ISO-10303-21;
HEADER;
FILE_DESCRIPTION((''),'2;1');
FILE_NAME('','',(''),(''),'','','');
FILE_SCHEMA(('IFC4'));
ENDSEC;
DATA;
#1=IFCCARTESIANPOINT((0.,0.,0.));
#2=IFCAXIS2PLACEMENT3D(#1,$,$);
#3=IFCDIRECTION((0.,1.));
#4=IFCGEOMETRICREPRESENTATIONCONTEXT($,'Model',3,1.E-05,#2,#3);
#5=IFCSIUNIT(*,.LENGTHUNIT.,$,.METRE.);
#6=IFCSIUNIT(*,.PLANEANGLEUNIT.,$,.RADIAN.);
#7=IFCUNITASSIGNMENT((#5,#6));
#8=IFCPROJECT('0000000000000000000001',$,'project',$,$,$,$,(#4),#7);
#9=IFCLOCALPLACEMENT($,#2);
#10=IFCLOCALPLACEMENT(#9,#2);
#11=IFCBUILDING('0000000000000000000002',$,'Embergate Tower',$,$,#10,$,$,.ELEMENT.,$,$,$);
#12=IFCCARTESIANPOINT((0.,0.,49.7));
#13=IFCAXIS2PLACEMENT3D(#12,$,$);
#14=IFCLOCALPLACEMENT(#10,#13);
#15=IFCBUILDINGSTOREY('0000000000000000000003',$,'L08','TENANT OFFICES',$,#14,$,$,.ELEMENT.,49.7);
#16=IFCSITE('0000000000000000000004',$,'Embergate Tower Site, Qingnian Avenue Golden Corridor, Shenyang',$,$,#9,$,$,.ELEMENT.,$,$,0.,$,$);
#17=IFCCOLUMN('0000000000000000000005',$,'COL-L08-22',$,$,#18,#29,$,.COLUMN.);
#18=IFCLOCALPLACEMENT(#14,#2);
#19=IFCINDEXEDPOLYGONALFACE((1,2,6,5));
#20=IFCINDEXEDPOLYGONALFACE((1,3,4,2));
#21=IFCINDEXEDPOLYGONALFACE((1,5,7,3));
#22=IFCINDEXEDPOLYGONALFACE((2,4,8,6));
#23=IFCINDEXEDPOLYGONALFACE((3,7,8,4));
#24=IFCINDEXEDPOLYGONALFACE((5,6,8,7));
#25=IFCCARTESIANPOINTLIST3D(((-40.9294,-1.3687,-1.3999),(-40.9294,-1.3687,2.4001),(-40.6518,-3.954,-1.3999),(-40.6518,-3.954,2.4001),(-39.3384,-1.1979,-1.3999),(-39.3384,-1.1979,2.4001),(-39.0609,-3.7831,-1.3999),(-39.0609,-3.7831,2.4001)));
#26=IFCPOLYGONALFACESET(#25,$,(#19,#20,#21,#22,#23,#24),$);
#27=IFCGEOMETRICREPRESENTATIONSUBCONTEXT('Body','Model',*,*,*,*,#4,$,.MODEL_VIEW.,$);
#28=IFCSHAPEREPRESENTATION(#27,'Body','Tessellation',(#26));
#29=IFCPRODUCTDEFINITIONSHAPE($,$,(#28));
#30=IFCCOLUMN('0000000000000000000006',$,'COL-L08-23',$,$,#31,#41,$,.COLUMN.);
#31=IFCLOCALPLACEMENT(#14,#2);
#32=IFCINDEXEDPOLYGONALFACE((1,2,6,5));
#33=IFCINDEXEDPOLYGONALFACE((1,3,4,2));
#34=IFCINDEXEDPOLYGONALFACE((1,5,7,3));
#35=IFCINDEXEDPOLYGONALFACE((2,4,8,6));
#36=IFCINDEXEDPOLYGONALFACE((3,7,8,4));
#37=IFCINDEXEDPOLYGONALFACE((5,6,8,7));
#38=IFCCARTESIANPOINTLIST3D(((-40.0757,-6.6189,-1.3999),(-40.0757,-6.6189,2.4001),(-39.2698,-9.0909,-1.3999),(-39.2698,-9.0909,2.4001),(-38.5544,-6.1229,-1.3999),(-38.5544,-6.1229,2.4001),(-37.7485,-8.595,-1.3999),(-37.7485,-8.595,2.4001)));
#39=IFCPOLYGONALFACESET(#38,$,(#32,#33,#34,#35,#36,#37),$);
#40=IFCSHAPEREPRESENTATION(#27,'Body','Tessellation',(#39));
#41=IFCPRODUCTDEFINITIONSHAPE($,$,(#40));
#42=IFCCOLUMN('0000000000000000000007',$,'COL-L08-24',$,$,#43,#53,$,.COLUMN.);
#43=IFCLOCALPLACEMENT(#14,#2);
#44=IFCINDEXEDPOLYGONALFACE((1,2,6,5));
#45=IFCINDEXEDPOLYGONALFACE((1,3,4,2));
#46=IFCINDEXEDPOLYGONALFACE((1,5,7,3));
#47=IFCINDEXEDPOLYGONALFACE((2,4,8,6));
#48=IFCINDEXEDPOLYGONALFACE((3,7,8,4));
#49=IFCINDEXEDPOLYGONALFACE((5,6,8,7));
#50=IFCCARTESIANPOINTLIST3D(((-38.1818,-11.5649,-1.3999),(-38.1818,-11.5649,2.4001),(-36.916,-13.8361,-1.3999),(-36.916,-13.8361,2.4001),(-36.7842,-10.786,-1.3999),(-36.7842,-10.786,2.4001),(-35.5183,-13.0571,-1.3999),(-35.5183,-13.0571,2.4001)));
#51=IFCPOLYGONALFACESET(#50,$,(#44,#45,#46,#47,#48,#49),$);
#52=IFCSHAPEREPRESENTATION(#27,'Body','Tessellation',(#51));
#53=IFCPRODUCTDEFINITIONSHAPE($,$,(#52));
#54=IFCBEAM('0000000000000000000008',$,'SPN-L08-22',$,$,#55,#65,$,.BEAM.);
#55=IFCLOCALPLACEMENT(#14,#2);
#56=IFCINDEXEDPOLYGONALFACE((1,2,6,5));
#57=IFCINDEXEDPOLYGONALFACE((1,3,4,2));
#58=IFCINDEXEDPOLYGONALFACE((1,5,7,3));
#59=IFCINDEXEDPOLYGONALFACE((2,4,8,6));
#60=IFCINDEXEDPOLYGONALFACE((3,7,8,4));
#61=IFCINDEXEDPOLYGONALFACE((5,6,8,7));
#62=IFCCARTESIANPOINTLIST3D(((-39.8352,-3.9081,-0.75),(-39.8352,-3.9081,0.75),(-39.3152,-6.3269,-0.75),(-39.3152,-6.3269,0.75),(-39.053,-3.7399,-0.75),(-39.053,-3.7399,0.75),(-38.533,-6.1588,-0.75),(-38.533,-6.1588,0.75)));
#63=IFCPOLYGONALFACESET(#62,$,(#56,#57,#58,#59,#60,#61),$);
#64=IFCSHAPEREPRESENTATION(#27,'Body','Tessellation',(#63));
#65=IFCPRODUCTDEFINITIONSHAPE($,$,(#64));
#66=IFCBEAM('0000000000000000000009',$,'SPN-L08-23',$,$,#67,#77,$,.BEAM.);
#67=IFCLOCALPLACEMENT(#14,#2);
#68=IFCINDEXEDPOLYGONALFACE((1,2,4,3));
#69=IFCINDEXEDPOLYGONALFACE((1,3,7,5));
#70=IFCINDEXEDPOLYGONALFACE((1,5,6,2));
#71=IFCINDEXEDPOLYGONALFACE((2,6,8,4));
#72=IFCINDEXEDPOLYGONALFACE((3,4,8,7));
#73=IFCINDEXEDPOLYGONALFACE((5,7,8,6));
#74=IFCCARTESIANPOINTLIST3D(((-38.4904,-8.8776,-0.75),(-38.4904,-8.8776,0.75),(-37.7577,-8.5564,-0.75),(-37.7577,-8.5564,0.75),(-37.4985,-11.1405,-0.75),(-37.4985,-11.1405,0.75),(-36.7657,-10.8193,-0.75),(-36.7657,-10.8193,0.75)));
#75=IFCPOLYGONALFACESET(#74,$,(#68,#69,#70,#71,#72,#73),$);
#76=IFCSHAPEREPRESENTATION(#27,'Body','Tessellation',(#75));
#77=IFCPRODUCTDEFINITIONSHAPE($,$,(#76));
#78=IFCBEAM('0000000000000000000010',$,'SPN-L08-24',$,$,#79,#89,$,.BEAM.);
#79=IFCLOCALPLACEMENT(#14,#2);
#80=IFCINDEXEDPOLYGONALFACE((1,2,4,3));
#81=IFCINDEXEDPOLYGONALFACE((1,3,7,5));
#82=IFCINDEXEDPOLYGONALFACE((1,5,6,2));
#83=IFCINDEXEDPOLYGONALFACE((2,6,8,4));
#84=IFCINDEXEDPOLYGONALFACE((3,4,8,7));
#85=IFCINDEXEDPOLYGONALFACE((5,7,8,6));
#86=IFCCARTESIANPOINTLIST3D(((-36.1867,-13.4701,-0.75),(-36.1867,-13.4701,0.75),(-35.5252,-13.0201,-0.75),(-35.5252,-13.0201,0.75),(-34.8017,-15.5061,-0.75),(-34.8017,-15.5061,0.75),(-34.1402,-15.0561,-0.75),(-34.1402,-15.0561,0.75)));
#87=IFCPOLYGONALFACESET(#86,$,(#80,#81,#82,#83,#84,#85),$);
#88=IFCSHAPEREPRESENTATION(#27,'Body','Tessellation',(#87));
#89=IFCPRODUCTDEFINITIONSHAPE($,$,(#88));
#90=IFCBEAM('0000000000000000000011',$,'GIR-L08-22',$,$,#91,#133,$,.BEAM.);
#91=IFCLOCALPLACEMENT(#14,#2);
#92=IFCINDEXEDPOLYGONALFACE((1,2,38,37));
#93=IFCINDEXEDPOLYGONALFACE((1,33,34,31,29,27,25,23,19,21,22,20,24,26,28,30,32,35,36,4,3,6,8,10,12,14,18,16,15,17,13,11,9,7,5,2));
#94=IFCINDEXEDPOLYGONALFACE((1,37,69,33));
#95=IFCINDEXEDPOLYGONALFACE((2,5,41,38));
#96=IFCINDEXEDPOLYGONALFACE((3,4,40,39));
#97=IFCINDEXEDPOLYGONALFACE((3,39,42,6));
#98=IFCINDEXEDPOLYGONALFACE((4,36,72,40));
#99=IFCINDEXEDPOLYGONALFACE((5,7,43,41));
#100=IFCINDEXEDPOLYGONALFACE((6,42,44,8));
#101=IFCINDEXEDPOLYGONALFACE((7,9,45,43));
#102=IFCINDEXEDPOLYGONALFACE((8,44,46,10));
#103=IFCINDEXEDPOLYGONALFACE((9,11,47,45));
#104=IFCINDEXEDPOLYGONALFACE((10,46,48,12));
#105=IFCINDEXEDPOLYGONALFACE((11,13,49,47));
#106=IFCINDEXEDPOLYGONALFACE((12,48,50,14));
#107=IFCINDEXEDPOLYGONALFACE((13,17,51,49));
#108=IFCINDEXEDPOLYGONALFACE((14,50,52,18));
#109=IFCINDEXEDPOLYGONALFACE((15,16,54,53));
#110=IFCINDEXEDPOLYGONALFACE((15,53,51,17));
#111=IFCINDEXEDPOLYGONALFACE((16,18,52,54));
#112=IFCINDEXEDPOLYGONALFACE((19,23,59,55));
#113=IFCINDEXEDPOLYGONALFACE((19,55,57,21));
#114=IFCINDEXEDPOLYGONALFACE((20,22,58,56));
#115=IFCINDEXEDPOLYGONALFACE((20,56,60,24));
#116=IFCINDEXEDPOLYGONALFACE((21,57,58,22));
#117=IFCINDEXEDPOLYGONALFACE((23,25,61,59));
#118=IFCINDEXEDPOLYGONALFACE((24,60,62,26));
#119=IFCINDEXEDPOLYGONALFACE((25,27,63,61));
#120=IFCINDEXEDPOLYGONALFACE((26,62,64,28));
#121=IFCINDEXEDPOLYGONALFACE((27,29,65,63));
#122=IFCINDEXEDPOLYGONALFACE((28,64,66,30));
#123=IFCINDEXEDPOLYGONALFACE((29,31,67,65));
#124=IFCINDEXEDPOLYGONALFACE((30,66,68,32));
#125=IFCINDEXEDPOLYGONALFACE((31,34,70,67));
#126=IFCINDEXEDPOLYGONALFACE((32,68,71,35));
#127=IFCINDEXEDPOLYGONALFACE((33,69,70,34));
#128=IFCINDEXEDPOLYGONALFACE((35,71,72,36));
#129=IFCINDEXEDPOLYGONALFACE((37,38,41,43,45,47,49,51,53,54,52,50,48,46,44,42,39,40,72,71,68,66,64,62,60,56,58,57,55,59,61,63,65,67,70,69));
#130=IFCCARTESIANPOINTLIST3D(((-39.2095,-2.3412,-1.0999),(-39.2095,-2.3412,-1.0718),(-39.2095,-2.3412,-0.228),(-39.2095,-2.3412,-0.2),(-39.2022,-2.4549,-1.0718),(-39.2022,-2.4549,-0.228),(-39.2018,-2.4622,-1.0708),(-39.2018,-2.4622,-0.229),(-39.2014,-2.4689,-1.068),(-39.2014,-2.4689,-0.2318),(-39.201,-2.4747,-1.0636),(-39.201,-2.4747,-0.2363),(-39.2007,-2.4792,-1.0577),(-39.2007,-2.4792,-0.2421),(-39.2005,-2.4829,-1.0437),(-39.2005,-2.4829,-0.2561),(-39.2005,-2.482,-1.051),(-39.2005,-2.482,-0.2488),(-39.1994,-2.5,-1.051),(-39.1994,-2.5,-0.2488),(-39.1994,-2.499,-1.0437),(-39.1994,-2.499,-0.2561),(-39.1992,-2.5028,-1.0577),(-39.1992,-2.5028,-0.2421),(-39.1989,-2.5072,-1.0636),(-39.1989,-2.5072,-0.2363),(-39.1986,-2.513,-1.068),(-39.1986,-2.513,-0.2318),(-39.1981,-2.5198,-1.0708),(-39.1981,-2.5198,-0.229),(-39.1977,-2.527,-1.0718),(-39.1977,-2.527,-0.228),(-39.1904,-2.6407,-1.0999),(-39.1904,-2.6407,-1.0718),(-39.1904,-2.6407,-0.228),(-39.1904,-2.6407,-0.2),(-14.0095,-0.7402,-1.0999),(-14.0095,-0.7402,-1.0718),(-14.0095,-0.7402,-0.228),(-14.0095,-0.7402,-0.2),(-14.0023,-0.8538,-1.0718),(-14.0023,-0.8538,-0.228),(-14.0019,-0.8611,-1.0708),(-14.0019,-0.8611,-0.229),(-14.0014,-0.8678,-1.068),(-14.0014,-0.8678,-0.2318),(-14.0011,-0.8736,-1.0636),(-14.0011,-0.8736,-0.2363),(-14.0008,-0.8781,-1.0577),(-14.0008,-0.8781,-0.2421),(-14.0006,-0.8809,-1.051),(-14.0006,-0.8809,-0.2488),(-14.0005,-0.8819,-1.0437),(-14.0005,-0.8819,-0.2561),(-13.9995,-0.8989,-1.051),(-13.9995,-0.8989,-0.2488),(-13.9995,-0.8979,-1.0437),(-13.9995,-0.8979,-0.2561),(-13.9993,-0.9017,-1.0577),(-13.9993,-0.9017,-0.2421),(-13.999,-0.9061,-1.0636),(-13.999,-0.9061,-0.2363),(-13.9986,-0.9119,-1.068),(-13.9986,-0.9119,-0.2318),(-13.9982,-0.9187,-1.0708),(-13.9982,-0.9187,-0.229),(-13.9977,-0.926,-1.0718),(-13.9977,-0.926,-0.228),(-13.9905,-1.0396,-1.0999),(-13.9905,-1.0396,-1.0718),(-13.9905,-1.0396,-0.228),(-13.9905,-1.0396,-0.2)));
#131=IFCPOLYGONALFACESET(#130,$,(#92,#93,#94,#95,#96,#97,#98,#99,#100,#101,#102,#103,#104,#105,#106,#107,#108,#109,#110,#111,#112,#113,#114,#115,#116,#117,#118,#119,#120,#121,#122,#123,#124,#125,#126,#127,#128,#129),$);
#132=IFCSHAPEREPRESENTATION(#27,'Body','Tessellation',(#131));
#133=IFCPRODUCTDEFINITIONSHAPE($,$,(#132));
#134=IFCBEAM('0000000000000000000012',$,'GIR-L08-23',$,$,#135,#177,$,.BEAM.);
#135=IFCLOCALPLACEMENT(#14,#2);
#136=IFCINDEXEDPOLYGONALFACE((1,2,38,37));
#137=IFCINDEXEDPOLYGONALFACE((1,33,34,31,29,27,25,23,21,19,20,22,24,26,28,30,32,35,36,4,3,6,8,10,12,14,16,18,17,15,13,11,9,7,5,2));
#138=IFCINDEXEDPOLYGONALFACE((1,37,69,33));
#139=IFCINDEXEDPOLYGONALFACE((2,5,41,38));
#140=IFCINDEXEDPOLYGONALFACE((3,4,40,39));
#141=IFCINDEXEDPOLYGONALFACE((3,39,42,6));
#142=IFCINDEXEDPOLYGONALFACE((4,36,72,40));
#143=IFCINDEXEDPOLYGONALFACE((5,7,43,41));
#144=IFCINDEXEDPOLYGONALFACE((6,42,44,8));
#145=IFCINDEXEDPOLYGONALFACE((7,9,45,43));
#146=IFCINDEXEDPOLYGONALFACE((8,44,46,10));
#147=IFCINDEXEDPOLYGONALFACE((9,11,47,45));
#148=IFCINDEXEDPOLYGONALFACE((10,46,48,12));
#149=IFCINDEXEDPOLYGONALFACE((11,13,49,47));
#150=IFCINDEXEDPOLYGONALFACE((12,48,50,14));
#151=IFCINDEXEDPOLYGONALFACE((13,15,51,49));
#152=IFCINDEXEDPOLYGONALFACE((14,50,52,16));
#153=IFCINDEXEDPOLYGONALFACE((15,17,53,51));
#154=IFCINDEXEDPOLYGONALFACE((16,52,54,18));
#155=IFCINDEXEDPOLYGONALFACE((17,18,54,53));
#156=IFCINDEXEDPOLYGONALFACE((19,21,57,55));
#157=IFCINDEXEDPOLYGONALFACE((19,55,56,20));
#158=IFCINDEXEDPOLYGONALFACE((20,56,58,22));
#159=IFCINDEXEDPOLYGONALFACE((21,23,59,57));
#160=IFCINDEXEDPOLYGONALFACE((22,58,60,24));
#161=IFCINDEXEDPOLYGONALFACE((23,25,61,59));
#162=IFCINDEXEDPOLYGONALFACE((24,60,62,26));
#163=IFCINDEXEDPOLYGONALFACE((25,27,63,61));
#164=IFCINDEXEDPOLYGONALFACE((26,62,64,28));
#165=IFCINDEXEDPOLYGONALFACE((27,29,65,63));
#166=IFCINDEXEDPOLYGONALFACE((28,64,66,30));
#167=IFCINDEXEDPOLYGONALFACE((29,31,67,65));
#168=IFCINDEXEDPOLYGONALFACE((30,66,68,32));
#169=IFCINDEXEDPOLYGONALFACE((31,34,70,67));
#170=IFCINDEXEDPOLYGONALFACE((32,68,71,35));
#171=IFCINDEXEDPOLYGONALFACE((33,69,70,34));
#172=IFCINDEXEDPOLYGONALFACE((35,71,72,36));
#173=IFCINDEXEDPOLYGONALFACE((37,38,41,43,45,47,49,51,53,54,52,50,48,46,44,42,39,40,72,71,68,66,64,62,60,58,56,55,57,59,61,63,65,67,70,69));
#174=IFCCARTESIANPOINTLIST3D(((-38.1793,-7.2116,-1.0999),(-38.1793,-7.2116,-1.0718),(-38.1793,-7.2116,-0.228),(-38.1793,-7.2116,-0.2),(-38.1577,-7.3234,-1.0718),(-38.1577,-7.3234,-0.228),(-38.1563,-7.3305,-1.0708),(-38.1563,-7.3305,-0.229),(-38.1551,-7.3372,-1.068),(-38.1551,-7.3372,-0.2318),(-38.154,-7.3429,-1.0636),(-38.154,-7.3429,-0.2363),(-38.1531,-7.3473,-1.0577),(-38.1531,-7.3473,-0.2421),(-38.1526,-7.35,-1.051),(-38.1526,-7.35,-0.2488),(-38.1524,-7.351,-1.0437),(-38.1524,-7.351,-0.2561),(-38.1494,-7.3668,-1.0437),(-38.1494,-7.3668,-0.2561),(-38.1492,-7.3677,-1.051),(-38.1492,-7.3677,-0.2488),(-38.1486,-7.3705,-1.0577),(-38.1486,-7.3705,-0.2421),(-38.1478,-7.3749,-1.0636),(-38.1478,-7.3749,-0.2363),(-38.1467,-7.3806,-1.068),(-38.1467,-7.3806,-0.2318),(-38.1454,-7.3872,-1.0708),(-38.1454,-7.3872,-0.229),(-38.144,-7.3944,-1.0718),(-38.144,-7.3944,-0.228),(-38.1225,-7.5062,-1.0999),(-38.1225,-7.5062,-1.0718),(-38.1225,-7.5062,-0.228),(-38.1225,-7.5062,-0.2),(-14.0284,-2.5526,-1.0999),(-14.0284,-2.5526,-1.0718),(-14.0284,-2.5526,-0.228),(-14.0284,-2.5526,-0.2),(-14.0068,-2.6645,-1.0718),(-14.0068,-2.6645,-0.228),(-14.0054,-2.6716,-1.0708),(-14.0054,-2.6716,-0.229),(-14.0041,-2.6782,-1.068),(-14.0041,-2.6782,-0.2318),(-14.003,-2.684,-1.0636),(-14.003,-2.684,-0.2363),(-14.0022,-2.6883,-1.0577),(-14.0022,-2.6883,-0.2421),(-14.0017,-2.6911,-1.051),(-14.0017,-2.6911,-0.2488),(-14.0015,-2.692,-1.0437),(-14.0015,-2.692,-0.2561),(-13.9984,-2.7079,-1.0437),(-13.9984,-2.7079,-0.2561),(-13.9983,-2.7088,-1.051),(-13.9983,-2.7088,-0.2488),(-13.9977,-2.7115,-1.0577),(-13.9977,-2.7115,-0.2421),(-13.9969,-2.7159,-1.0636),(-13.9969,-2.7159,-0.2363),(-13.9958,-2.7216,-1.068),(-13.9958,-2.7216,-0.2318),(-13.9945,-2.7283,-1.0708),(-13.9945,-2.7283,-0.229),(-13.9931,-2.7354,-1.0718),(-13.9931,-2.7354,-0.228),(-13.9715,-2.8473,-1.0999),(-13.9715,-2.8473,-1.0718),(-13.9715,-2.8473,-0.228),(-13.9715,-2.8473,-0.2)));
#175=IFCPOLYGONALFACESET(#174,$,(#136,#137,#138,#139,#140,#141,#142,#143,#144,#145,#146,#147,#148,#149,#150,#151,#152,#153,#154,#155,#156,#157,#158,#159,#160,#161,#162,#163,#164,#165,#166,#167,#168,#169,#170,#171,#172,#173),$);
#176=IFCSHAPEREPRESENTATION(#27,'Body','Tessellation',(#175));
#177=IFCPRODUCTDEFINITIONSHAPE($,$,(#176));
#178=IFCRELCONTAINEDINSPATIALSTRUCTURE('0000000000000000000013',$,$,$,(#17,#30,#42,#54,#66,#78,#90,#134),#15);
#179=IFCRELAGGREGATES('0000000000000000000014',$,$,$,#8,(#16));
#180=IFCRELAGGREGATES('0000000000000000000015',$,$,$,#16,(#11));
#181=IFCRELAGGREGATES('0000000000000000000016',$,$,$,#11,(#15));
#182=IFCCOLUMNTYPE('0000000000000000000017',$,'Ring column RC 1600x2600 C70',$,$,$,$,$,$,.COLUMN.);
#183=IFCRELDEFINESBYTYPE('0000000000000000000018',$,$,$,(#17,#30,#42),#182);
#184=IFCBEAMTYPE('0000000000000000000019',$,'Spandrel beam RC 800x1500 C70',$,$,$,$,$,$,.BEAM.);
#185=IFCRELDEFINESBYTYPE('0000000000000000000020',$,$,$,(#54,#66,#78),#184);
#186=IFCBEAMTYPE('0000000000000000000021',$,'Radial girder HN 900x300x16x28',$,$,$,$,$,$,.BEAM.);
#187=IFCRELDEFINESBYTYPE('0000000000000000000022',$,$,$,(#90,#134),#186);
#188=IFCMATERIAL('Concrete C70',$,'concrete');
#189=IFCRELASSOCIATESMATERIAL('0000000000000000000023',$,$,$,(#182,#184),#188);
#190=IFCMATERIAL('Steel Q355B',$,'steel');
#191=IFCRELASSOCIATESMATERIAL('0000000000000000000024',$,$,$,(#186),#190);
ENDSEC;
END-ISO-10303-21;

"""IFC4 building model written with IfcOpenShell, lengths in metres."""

from ifc_helpers import new_model, si_unit, direction, frame, origin, origin_2d, place, context, subcontext, project, spatial, rectangle, i_section, extrude, source, transform, mapped, material, material_profile, profile_set, type_object, element, save


model = new_model("IFC4")

# Units and contexts
model_context = context("Model", 3, precision=1e-05, world=origin(), true_north=direction((0.0, 1.0)))
body_context = subcontext(model_context, "Body", "Model", "MODEL_VIEW")
ifc_project = project(units=[si_unit("LENGTHUNIT", "METRE"), si_unit("PLANEANGLEUNIT", "RADIAN")], contexts=[model_context])

# Site, building, storey
site_placement = place(None, origin())
site = spatial("IfcSite", under=ifc_project, at=site_placement, Name="Embergate Tower Site, Qingnian Avenue Golden Corridor, Shenyang", CompositionType="ELEMENT", RefElevation=0.0)
building_placement = place(site_placement, origin())
building = spatial("IfcBuilding", under=site, at=building_placement, Name="Embergate Tower", CompositionType="ELEMENT")
storey_placement = place(building_placement, frame((0.0, 0.0, 49.7)))
storey = spatial("IfcBuildingStorey", under=building, at=storey_placement, Name="L08", Description="TENANT OFFICES", CompositionType="ELEMENT", Elevation=49.7)

# Columns
ifc_material_1 = material(Name="Concrete C70", Category="concrete")
ifc_material_profile_1 = material_profile(ifc_material_1, rectangle(XDim=1.6001, YDim=2.6001, at=origin_2d()), Name="RC 1600x2600")
ifc_profile_set_1 = profile_set([ifc_material_profile_1], Name="Concrete C70")
column_type = type_object("IfcColumnType", Name="Ring column RC 1600x2600 C70", PredefinedType="COLUMN", material=ifc_profile_set_1)
shared_shape_1 = source(origin(), body_context, "Body", "SweptSolid", [
    extrude(rectangle(XDim=1.6001, YDim=2.6001, at=origin_2d()), origin(), (0.0, 0.0, 1.0), 3.8),
])
for number, where, z_axis, x_axis, name in (
    (1, (-39.9951, -2.5759, -1.3999), (0.0, 0.0, 1.0), (-0.994286, -0.10675, 0.0), "COL-L08-22"),
    (2, (-38.9121, -7.6069, -1.3999), (0.0, 0.0, 1.0), (-0.950754, -0.309946, 0.0), "COL-L08-23"),
    (3, (-36.8501, -12.311, -1.3999), (0.0, 0.0, 1.0), (-0.873492, -0.486839, 0.0), "COL-L08-24"),
):
    element("IfcColumn", number, at=place(storey_placement, frame(where, z_axis=z_axis, x_axis=x_axis)), inside=storey, type_object=column_type, Name=name, PredefinedType="COLUMN", context=body_context, shape_type="MappedRepresentation", body=[
        mapped(shared_shape_1, transform((0.0, 0.0, 0.0))),
    ])

# Beams
ifc_material_profile_2 = material_profile(ifc_material_1, rectangle(XDim=0.8, YDim=1.5, at=origin_2d()), Name="RC 800x1500")
ifc_profile_set_2 = profile_set([ifc_material_profile_2], Name="Concrete C70")
beam_type_1 = type_object("IfcBeamType", Name="Spandrel beam RC 800x1500 C70", PredefinedType="BEAM", material=ifc_profile_set_2)
shared_shape_2 = source(origin(), body_context, "Body", "SweptSolid", [
    extrude(rectangle(XDim=0.8, YDim=1.5, at=origin_2d()), origin(), (0.0, 0.0, 1.0), 2.4741),
])
beam_1_placement = place(storey_placement, frame((-39.4441, -3.824, 0.0), z_axis=(0.210176, -0.977664, 0.0), x_axis=(0.977664, 0.210176, 0.0)))
element("IfcBeam", 4, at=beam_1_placement, inside=storey, type_object=beam_type_1, Name="SPN-L08-22", PredefinedType="BEAM", context=body_context, shape_type="MappedRepresentation", body=[
    mapped(shared_shape_2, transform((0.0, 0.0, 0.0))),
])
shared_shape_3 = source(origin(), body_context, "Body", "SweptSolid", [
    extrude(rectangle(XDim=0.8, YDim=1.5, at=origin_2d()), origin(), (0.0, 0.0, 1.0), 2.4707),
])
beam_2_placement = place(storey_placement, frame((-38.124, -8.717, 0.0), z_axis=(0.401467, -0.915874, 0.0), x_axis=(0.915874, 0.401467, 0.0)))
element("IfcBeam", 5, at=beam_2_placement, inside=storey, type_object=beam_type_1, Name="SPN-L08-23", PredefinedType="BEAM", context=body_context, shape_type="MappedRepresentation", body=[
    mapped(shared_shape_3, transform((0.0, 0.0, 0.0))),
])
shared_shape_4 = source(origin(), body_context, "Body", "SweptSolid", [
    extrude(rectangle(XDim=0.8, YDim=1.5, at=origin_2d()), origin(), (0.0, 0.0, 1.0), 2.4624),
])
beam_3_placement = place(storey_placement, frame((-35.856, -13.2451, 0.0), z_axis=(0.562478, -0.826812, 0.0), x_axis=(0.826812, 0.562478, 0.0)))
element("IfcBeam", 6, at=beam_3_placement, inside=storey, type_object=beam_type_1, Name="SPN-L08-24", PredefinedType="BEAM", context=body_context, shape_type="MappedRepresentation", body=[
    mapped(shared_shape_4, transform((0.0, 0.0, 0.0))),
])
ifc_material_2 = material(Name="Steel Q355B", Category="steel")
ifc_material_profile_3 = material_profile(ifc_material_2, i_section(OverallWidth=0.3, OverallDepth=0.8999, WebThickness=0.0161, FlangeThickness=0.0281, FilletRadius=0.0281, at=origin_2d()), Name="HN 900x300x16x28")
ifc_profile_set_3 = profile_set([ifc_material_profile_3], Name="Steel Q355 grade B")
beam_type_2 = type_object("IfcBeamType", Name="Radial girder HN 900x300x16x28", PredefinedType="BEAM", material=ifc_profile_set_3)
shared_shape_5 = source(origin(), body_context, "Body", "SweptSolid", [
    extrude(i_section(OverallWidth=0.3, OverallDepth=0.8999, WebThickness=0.0161, FlangeThickness=0.0281, FilletRadius=0.0281, at=origin_2d()), origin(), (0.0, 0.0, 1.0), 25.2507),
])
beam_4_placement = place(storey_placement, frame((-39.2, -2.491, -0.6499), z_axis=(0.997988, 0.063407, 0.0), x_axis=(-0.063407, 0.997988, 0.0)))
element("IfcBeam", 7, at=beam_4_placement, inside=storey, type_object=beam_type_2, Name="GIR-L08-22", PredefinedType="BEAM", context=body_context, shape_type="MappedRepresentation", body=[
    mapped(shared_shape_5, transform((0.0, 0.0, 0.0))),
])
shared_shape_6 = source(origin(), body_context, "Body", "SweptSolid", [
    extrude(i_section(OverallWidth=0.3, OverallDepth=0.8999, WebThickness=0.0161, FlangeThickness=0.0281, FilletRadius=0.0281, at=origin_2d()), origin(), (0.0, 0.0, 1.0), 24.5962),
])
beam_5_placement = place(storey_placement, frame((-38.1509, -7.3589, -0.6499), z_axis=(0.981897, 0.189417, 0.0), x_axis=(-0.189417, 0.981897, 0.0)))
element("IfcBeam", 8, at=beam_5_placement, inside=storey, type_object=beam_type_2, Name="GIR-L08-23", PredefinedType="BEAM", context=body_context, shape_type="MappedRepresentation", body=[
    mapped(shared_shape_6, transform((0.0, 0.0, 0.0))),
])

save(model, "model.ifc")
